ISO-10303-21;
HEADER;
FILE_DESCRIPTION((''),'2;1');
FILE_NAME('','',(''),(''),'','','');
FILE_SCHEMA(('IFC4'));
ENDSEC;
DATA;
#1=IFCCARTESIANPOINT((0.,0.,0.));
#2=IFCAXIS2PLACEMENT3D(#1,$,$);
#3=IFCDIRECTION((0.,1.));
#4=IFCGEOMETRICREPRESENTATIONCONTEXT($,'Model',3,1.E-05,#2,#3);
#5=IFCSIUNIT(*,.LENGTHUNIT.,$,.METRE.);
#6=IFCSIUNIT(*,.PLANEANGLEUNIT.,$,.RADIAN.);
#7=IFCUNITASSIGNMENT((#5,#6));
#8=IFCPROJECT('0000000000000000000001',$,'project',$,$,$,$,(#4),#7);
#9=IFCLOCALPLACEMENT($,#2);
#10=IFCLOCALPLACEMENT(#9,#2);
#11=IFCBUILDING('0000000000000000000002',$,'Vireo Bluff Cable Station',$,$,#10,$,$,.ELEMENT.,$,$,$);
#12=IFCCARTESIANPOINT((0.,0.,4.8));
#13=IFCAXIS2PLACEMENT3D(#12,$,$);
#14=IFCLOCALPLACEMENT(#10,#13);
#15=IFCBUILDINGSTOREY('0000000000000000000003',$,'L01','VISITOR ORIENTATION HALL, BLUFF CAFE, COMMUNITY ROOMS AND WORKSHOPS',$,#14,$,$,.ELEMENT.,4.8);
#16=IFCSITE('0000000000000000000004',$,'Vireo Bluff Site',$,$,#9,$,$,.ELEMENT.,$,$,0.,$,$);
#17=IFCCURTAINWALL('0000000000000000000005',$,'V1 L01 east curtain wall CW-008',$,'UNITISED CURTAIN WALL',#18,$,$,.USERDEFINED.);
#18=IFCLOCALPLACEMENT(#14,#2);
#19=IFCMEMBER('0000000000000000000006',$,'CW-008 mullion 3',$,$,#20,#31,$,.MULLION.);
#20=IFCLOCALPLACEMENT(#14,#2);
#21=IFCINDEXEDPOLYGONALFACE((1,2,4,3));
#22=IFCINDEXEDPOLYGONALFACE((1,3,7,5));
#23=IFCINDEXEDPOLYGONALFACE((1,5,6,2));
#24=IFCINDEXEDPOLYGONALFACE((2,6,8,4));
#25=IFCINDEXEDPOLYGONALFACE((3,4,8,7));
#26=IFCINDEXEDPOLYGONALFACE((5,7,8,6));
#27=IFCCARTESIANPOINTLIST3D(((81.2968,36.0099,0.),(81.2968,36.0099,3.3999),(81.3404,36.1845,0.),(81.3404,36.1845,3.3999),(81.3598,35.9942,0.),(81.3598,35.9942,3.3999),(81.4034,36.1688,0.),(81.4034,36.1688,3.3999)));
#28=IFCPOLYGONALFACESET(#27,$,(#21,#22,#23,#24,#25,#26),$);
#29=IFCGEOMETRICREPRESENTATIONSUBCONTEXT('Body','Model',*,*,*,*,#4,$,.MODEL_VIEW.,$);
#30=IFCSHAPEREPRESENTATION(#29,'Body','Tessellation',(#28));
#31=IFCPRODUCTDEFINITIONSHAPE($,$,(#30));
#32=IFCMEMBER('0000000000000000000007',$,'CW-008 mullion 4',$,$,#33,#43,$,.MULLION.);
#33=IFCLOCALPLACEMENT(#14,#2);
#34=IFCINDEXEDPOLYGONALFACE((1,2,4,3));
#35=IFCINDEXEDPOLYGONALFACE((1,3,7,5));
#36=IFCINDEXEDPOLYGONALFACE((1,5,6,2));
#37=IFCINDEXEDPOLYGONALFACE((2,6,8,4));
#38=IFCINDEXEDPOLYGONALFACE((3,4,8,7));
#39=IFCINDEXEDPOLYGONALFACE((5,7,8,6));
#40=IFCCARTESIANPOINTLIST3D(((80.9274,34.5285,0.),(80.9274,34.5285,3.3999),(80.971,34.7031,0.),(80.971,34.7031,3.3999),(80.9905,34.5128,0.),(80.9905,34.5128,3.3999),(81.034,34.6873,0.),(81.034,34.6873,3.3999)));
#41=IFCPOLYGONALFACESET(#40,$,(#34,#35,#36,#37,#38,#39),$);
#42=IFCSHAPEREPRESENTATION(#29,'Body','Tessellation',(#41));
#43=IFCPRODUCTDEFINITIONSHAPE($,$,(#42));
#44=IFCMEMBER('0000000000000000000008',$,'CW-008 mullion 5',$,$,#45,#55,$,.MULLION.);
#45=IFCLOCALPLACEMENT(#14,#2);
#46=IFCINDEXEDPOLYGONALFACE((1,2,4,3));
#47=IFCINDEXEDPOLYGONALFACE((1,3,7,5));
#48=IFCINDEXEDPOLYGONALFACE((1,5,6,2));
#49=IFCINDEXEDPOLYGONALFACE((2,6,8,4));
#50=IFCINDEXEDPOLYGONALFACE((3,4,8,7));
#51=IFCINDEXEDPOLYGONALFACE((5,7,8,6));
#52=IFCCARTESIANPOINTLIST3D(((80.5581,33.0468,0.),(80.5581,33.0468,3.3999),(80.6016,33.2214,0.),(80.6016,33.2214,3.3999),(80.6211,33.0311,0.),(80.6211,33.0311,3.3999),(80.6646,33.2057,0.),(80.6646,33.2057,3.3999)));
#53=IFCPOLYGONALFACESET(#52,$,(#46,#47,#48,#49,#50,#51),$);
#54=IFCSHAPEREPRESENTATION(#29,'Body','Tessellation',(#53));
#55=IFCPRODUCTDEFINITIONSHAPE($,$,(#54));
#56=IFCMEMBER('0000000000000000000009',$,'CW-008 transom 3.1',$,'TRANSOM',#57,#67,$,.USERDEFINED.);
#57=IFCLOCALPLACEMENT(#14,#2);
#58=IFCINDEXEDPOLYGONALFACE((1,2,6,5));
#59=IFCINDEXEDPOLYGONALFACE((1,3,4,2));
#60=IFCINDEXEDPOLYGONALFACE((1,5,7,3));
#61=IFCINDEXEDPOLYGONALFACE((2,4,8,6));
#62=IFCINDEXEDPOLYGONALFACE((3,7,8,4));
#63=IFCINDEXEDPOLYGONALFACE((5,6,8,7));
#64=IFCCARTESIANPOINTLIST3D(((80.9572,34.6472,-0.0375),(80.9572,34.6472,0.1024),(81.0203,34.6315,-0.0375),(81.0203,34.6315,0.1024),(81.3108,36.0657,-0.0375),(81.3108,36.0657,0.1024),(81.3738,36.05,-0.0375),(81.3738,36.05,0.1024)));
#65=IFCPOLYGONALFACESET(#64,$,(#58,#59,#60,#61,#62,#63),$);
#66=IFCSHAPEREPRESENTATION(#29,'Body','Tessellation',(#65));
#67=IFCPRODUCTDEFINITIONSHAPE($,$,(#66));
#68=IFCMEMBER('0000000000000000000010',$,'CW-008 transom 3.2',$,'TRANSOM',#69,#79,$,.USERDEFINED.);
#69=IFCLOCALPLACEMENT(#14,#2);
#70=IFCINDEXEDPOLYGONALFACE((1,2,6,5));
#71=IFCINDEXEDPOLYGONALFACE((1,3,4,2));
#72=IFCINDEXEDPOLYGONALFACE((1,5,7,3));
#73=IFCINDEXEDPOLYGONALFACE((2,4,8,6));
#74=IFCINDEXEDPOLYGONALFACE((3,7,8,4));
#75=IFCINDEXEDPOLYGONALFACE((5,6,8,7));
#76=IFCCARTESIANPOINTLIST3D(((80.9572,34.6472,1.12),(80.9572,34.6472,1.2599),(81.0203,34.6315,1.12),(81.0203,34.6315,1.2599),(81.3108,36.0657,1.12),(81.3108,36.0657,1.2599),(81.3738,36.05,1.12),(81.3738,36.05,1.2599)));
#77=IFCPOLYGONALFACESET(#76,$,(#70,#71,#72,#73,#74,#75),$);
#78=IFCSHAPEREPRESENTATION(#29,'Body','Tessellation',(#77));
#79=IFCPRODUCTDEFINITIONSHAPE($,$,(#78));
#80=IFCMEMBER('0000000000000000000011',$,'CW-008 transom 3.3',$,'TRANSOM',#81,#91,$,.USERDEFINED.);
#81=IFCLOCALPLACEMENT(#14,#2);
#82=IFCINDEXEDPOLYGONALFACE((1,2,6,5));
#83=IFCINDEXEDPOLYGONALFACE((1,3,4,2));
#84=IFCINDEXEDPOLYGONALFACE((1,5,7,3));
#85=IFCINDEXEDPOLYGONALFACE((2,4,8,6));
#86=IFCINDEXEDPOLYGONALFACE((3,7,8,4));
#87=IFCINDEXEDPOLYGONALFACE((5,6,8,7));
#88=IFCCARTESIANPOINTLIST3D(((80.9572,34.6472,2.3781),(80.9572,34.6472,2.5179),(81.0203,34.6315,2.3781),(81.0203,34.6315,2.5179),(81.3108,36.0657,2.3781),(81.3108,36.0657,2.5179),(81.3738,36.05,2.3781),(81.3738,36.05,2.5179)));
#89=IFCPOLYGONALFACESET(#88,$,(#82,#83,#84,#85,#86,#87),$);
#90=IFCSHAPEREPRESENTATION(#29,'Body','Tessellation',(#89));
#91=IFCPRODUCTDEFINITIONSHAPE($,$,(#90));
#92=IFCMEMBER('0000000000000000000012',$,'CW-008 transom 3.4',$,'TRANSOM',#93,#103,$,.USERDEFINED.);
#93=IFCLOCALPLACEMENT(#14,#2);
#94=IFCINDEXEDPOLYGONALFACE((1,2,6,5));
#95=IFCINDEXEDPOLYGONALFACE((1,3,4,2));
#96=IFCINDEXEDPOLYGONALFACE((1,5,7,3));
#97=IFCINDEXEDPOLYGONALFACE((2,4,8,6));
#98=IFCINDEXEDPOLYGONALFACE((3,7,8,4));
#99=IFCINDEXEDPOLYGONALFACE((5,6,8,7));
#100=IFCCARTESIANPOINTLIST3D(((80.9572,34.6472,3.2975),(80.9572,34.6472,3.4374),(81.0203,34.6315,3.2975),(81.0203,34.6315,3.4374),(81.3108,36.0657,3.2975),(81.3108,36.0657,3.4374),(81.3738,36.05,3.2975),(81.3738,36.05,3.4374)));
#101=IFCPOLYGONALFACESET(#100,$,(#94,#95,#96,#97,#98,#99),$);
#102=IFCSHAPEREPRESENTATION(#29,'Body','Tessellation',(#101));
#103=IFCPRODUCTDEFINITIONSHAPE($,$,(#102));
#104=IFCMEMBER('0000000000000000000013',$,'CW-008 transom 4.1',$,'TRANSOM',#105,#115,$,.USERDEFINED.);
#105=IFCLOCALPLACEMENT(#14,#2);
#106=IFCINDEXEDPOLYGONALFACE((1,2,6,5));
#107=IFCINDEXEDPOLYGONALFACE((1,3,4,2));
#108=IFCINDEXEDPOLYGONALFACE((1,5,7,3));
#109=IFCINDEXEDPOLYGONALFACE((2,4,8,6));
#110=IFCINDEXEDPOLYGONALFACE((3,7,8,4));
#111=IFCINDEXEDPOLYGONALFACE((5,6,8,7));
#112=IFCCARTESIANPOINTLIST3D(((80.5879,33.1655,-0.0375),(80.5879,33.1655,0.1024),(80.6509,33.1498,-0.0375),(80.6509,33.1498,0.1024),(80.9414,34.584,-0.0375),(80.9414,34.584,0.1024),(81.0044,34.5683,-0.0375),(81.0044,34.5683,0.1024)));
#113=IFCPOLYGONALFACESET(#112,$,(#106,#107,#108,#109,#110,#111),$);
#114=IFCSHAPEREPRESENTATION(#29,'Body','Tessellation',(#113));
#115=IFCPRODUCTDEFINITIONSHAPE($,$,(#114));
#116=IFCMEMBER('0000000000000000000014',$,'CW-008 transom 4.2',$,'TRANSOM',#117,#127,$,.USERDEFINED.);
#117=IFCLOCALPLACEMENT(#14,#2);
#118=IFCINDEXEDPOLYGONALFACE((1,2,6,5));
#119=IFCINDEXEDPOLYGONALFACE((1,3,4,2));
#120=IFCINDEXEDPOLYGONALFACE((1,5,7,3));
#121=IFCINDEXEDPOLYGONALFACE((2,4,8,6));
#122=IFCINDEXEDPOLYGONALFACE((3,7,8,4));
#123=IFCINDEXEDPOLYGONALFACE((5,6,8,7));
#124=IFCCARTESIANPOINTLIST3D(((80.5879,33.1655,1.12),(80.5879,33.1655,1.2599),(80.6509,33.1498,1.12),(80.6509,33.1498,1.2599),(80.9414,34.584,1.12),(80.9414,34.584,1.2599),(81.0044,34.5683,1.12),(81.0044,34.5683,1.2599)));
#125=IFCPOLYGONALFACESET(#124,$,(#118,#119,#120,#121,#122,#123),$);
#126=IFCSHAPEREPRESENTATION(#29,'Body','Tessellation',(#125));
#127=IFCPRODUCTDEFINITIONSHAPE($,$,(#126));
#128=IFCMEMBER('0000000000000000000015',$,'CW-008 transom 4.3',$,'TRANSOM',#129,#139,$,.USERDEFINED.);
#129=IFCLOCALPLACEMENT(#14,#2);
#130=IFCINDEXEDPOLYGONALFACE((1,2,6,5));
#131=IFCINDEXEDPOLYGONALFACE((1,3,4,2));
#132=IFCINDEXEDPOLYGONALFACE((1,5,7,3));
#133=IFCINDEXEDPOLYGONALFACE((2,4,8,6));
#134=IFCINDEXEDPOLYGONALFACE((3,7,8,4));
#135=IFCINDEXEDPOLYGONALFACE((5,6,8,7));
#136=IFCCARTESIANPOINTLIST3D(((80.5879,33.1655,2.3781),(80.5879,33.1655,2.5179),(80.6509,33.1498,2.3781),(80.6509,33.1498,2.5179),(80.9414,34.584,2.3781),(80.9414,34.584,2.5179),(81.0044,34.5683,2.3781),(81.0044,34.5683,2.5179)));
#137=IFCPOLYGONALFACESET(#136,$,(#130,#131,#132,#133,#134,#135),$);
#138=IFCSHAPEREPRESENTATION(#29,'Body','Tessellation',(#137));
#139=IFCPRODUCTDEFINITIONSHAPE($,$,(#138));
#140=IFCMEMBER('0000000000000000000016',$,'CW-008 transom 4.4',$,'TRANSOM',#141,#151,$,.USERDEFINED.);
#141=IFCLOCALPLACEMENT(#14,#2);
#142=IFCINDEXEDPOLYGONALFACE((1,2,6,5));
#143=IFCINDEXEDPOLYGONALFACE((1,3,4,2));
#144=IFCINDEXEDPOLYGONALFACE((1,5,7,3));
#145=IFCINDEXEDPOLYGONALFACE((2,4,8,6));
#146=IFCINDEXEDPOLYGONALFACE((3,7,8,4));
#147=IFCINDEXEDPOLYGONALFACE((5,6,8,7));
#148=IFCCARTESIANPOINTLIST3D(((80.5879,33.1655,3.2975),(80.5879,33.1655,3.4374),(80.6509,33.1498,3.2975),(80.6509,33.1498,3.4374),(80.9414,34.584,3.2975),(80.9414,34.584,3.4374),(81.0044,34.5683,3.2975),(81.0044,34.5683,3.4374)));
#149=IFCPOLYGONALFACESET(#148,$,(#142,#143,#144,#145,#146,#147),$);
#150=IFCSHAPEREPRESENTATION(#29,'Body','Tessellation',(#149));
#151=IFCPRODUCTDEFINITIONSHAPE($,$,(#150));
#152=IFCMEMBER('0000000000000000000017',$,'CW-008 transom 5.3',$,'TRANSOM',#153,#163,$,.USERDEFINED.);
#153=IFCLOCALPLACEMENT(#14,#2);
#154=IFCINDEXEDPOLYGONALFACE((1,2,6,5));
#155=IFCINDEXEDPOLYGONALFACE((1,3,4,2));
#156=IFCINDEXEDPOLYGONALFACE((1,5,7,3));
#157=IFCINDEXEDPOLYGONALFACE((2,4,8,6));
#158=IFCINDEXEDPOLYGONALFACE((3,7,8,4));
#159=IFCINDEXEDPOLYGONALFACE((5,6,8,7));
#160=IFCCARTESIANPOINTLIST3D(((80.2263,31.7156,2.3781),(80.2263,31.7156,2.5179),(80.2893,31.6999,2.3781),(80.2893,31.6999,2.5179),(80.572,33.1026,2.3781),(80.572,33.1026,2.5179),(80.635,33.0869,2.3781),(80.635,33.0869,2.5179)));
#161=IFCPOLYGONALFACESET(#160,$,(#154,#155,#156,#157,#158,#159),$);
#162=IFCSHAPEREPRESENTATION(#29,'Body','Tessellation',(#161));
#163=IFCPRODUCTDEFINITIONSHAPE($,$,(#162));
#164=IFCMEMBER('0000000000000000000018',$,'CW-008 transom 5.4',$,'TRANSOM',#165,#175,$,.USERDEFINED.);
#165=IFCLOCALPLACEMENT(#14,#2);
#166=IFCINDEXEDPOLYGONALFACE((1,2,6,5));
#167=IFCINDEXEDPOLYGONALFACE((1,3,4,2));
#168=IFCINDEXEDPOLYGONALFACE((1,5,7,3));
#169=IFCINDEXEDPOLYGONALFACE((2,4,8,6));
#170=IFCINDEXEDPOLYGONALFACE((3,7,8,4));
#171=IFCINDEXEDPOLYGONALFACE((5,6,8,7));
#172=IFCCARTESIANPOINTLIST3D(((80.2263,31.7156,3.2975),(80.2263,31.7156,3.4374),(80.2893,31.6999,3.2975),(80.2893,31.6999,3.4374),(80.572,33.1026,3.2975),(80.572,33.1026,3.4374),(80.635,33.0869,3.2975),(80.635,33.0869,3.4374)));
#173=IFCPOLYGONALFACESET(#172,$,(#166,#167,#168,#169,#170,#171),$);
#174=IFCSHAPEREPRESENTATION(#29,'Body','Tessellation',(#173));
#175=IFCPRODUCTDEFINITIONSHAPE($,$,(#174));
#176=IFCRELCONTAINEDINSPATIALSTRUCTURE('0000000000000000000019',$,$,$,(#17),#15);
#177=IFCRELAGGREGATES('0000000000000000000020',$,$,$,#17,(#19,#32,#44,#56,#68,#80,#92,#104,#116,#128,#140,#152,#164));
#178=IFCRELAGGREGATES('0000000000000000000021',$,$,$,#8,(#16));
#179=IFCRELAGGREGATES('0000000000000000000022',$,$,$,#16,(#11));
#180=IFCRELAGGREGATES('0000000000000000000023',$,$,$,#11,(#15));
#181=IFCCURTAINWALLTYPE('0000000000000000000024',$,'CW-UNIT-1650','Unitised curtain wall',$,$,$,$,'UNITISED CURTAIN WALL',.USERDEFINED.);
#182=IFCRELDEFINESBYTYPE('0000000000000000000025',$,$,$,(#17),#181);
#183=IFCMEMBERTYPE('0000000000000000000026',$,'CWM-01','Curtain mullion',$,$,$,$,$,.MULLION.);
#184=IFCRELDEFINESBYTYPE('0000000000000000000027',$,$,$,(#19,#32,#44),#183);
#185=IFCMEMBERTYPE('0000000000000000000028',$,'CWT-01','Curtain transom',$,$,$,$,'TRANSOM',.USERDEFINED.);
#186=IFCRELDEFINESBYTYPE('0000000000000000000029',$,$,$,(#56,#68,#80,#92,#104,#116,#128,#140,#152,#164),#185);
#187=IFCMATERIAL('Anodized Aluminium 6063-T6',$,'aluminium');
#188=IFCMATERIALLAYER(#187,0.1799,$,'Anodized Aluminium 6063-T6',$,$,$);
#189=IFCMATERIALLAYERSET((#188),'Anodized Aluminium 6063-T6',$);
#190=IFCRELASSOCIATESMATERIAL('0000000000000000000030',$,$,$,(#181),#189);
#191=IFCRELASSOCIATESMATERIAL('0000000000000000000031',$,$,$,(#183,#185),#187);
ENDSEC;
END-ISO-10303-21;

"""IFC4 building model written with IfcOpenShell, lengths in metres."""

from ifc_helpers import new_model, si_unit, direction, frame, origin, origin_2d, place, context, subcontext, project, spatial, rectangle, extrude, material, layer, layer_set, material_profile, profile_set, type_object, element, aggregate, save


model = new_model("IFC4")

# Units and contexts
model_context = context("Model", 3, precision=1e-05, world=origin(), true_north=direction((0.0, 1.0)))
body_context = subcontext(model_context, "Body", "Model", "MODEL_VIEW")
ifc_project = project(units=[si_unit("LENGTHUNIT", "METRE"), si_unit("PLANEANGLEUNIT", "RADIAN")], contexts=[model_context])

# Site, building, storey
site_placement = place(None, origin())
site = spatial("IfcSite", under=ifc_project, at=site_placement, Name="Vireo Bluff Site", CompositionType="ELEMENT", RefElevation=0.0)
building_placement = place(site_placement, origin())
building = spatial("IfcBuilding", under=site, at=building_placement, Name="Vireo Bluff Cable Station", CompositionType="ELEMENT")
storey_placement = place(building_placement, frame((0.0, 0.0, 4.8)))
storey = spatial("IfcBuildingStorey", under=building, at=storey_placement, Name="L01", Description="VISITOR ORIENTATION HALL, BLUFF CAFE, COMMUNITY ROOMS AND WORKSHOPS", CompositionType="ELEMENT", Elevation=4.8)

# Curtain wall, members
ifc_material_1 = material(Name="Anodized Aluminium 6063-T6", Category="aluminium")
ifc_layer_1 = layer(ifc_material_1, 0.1799, Name="Anodized Aluminium 6063-T6")
ifc_layer_set_1 = layer_set([ifc_layer_1], Name="Anodized Aluminium 6063-T6")
curtain_wall_type = type_object("IfcCurtainWallType", Name="CW-UNIT-1650", Description="Unitised curtain wall", ElementType="UNITISED CURTAIN WALL", PredefinedType="USERDEFINED", material=ifc_layer_set_1)
curtain_wall_placement = place(storey_placement, origin())
curtain_wall = element("IfcCurtainWall", 1, at=curtain_wall_placement, inside=storey, type_object=curtain_wall_type, Name="V1 L01 east curtain wall CW-008", ObjectType="UNITISED CURTAIN WALL", PredefinedType="USERDEFINED")
ifc_material_profile_1 = material_profile(ifc_material_1, rectangle(XDim=0.0649, YDim=0.1799, at=origin_2d()), Name="ALU-M-65X180")
ifc_profile_set_1 = profile_set([ifc_material_profile_1], Name="Anodized Aluminium 6063-T6")
member_type_1 = type_object("IfcMemberType", Name="CWM-01", Description="Curtain mullion", PredefinedType="MULLION", material=ifc_profile_set_1)
member_1_placement = place(storey_placement, frame((81.3501, 36.0894, 0.0), z_axis=(0.0, 0.0, 1.0), x_axis=(0.970296, -0.241922, 0.0)))
member_1 = element("IfcMember", 2, at=member_1_placement, type_object=member_type_1, Name="CW-008 mullion 3", PredefinedType="MULLION", context=body_context, shape_type="SweptSolid", body=[
    extrude(rectangle(XDim=0.0649, YDim=0.1799, at=origin_2d()), origin(), (0.0, 0.0, 1.0), 3.3999),
])
member_2_placement = place(storey_placement, frame((80.9807, 34.6079, 0.0), z_axis=(0.0, 0.0, 1.0), x_axis=(0.970296, -0.241922, 0.0)))
member_2 = element("IfcMember", 3, at=member_2_placement, type_object=member_type_1, Name="CW-008 mullion 4", PredefinedType="MULLION", context=body_context, shape_type="SweptSolid", body=[
    extrude(rectangle(XDim=0.0649, YDim=0.1799, at=origin_2d()), origin(), (0.0, 0.0, 1.0), 3.3999),
])
member_3_placement = place(storey_placement, frame((80.6113, 33.1262, 0.0), z_axis=(0.0, 0.0, 1.0), x_axis=(0.970296, -0.241922, 0.0)))
member_3 = element("IfcMember", 4, at=member_3_placement, type_object=member_type_1, Name="CW-008 mullion 5", PredefinedType="MULLION", context=body_context, shape_type="SweptSolid", body=[
    extrude(rectangle(XDim=0.0649, YDim=0.1799, at=origin_2d()), origin(), (0.0, 0.0, 1.0), 3.3999),
])
ifc_material_profile_2 = material_profile(ifc_material_1, rectangle(XDim=0.0649, YDim=0.1399, at=origin_2d()), Name="ALU-T-65X140")
ifc_profile_set_2 = profile_set([ifc_material_profile_2], Name="Anodized Aluminium 6063-T6")
member_type_2 = type_object("IfcMemberType", Name="CWT-01", Description="Curtain transom", ElementType="TRANSOM", PredefinedType="USERDEFINED", material=ifc_profile_set_2)
member_4_placement = place(storey_placement, frame((81.3423, 36.0579, 0.0325), z_axis=(-0.241828, -0.970319, 0.0), x_axis=(0.970319, -0.241828, 0.0)))
member_4 = element("IfcMember", 5, at=member_4_placement, type_object=member_type_2, Name="CW-008 transom 3.1", ObjectType="TRANSOM", PredefinedType="USERDEFINED", context=body_context, shape_type="SweptSolid", body=[
    extrude(rectangle(XDim=0.0649, YDim=0.1399, at=origin_2d()), origin(), (0.0, 0.0, 1.0), 1.4619),
])
member_5_placement = place(storey_placement, frame((81.3423, 36.0579, 1.1899), z_axis=(-0.241828, -0.970319, 0.0), x_axis=(0.970319, -0.241828, 0.0)))
member_5 = element("IfcMember", 6, at=member_5_placement, type_object=member_type_2, Name="CW-008 transom 3.2", ObjectType="TRANSOM", PredefinedType="USERDEFINED", context=body_context, shape_type="SweptSolid", body=[
    extrude(rectangle(XDim=0.0649, YDim=0.1399, at=origin_2d()), origin(), (0.0, 0.0, 1.0), 1.4619),
])
member_6_placement = place(storey_placement, frame((81.3423, 36.0579, 2.448), z_axis=(-0.241828, -0.970319, 0.0), x_axis=(0.970319, -0.241828, 0.0)))
member_6 = element("IfcMember", 7, at=member_6_placement, type_object=member_type_2, Name="CW-008 transom 3.3", ObjectType="TRANSOM", PredefinedType="USERDEFINED", context=body_context, shape_type="SweptSolid", body=[
    extrude(rectangle(XDim=0.0649, YDim=0.1399, at=origin_2d()), origin(), (0.0, 0.0, 1.0), 1.4619),
])
member_7_placement = place(storey_placement, frame((81.3423, 36.0579, 3.3674), z_axis=(-0.241828, -0.970319, 0.0), x_axis=(0.970319, -0.241828, 0.0)))
member_7 = element("IfcMember", 8, at=member_7_placement, type_object=member_type_2, Name="CW-008 transom 3.4", ObjectType="TRANSOM", PredefinedType="USERDEFINED", context=body_context, shape_type="SweptSolid", body=[
    extrude(rectangle(XDim=0.0649, YDim=0.1399, at=origin_2d()), origin(), (0.0, 0.0, 1.0), 1.4619),
])
member_8_placement = place(storey_placement, frame((80.9729, 34.5762, 0.0325), z_axis=(-0.241828, -0.970319, 0.0), x_axis=(0.970319, -0.241828, 0.0)))
member_8 = element("IfcMember", 9, at=member_8_placement, type_object=member_type_2, Name="CW-008 transom 4.1", ObjectType="TRANSOM", PredefinedType="USERDEFINED", context=body_context, shape_type="SweptSolid", body=[
    extrude(rectangle(XDim=0.0649, YDim=0.1399, at=origin_2d()), origin(), (0.0, 0.0, 1.0), 1.4619),
])
member_9_placement = place(storey_placement, frame((80.9729, 34.5762, 1.1899), z_axis=(-0.241828, -0.970319, 0.0), x_axis=(0.970319, -0.241828, 0.0)))
member_9 = element("IfcMember", 10, at=member_9_placement, type_object=member_type_2, Name="CW-008 transom 4.2", ObjectType="TRANSOM", PredefinedType="USERDEFINED", context=body_context, shape_type="SweptSolid", body=[
    extrude(rectangle(XDim=0.0649, YDim=0.1399, at=origin_2d()), origin(), (0.0, 0.0, 1.0), 1.4619),
])
member_10_placement = place(storey_placement, frame((80.9729, 34.5762, 2.448), z_axis=(-0.241828, -0.970319, 0.0), x_axis=(0.970319, -0.241828, 0.0)))
member_10 = element("IfcMember", 11, at=member_10_placement, type_object=member_type_2, Name="CW-008 transom 4.3", ObjectType="TRANSOM", PredefinedType="USERDEFINED", context=body_context, shape_type="SweptSolid", body=[
    extrude(rectangle(XDim=0.0649, YDim=0.1399, at=origin_2d()), origin(), (0.0, 0.0, 1.0), 1.4619),
])
member_11_placement = place(storey_placement, frame((80.9729, 34.5762, 3.3674), z_axis=(-0.241828, -0.970319, 0.0), x_axis=(0.970319, -0.241828, 0.0)))
member_11 = element("IfcMember", 12, at=member_11_placement, type_object=member_type_2, Name="CW-008 transom 4.4", ObjectType="TRANSOM", PredefinedType="USERDEFINED", context=body_context, shape_type="SweptSolid", body=[
    extrude(rectangle(XDim=0.0649, YDim=0.1399, at=origin_2d()), origin(), (0.0, 0.0, 1.0), 1.4619),
])
member_12_placement = place(storey_placement, frame((80.6035, 33.0947, 2.448), z_axis=(-0.241852, -0.970313, 0.0), x_axis=(0.970313, -0.241852, 0.0)))
member_12 = element("IfcMember", 13, at=member_12_placement, type_object=member_type_2, Name="CW-008 transom 5.3", ObjectType="TRANSOM", PredefinedType="USERDEFINED", context=body_context, shape_type="SweptSolid", body=[
    extrude(rectangle(XDim=0.0649, YDim=0.1399, at=origin_2d()), origin(), (0.0, 0.0, 1.0), 1.4294),
])
member_13_placement = place(storey_placement, frame((80.6035, 33.0947, 3.3674), z_axis=(-0.241852, -0.970313, 0.0), x_axis=(0.970313, -0.241852, 0.0)))
member_13 = element("IfcMember", 14, at=member_13_placement, type_object=member_type_2, Name="CW-008 transom 5.4", ObjectType="TRANSOM", PredefinedType="USERDEFINED", context=body_context, shape_type="SweptSolid", body=[
    extrude(rectangle(XDim=0.0649, YDim=0.1399, at=origin_2d()), origin(), (0.0, 0.0, 1.0), 1.4294),
])

aggregate(curtain_wall, [member_1, member_2, member_3, member_4, member_5, member_6, member_7, member_8, member_9, member_10, member_11, member_12, member_13])

save(model, "model.ifc")
